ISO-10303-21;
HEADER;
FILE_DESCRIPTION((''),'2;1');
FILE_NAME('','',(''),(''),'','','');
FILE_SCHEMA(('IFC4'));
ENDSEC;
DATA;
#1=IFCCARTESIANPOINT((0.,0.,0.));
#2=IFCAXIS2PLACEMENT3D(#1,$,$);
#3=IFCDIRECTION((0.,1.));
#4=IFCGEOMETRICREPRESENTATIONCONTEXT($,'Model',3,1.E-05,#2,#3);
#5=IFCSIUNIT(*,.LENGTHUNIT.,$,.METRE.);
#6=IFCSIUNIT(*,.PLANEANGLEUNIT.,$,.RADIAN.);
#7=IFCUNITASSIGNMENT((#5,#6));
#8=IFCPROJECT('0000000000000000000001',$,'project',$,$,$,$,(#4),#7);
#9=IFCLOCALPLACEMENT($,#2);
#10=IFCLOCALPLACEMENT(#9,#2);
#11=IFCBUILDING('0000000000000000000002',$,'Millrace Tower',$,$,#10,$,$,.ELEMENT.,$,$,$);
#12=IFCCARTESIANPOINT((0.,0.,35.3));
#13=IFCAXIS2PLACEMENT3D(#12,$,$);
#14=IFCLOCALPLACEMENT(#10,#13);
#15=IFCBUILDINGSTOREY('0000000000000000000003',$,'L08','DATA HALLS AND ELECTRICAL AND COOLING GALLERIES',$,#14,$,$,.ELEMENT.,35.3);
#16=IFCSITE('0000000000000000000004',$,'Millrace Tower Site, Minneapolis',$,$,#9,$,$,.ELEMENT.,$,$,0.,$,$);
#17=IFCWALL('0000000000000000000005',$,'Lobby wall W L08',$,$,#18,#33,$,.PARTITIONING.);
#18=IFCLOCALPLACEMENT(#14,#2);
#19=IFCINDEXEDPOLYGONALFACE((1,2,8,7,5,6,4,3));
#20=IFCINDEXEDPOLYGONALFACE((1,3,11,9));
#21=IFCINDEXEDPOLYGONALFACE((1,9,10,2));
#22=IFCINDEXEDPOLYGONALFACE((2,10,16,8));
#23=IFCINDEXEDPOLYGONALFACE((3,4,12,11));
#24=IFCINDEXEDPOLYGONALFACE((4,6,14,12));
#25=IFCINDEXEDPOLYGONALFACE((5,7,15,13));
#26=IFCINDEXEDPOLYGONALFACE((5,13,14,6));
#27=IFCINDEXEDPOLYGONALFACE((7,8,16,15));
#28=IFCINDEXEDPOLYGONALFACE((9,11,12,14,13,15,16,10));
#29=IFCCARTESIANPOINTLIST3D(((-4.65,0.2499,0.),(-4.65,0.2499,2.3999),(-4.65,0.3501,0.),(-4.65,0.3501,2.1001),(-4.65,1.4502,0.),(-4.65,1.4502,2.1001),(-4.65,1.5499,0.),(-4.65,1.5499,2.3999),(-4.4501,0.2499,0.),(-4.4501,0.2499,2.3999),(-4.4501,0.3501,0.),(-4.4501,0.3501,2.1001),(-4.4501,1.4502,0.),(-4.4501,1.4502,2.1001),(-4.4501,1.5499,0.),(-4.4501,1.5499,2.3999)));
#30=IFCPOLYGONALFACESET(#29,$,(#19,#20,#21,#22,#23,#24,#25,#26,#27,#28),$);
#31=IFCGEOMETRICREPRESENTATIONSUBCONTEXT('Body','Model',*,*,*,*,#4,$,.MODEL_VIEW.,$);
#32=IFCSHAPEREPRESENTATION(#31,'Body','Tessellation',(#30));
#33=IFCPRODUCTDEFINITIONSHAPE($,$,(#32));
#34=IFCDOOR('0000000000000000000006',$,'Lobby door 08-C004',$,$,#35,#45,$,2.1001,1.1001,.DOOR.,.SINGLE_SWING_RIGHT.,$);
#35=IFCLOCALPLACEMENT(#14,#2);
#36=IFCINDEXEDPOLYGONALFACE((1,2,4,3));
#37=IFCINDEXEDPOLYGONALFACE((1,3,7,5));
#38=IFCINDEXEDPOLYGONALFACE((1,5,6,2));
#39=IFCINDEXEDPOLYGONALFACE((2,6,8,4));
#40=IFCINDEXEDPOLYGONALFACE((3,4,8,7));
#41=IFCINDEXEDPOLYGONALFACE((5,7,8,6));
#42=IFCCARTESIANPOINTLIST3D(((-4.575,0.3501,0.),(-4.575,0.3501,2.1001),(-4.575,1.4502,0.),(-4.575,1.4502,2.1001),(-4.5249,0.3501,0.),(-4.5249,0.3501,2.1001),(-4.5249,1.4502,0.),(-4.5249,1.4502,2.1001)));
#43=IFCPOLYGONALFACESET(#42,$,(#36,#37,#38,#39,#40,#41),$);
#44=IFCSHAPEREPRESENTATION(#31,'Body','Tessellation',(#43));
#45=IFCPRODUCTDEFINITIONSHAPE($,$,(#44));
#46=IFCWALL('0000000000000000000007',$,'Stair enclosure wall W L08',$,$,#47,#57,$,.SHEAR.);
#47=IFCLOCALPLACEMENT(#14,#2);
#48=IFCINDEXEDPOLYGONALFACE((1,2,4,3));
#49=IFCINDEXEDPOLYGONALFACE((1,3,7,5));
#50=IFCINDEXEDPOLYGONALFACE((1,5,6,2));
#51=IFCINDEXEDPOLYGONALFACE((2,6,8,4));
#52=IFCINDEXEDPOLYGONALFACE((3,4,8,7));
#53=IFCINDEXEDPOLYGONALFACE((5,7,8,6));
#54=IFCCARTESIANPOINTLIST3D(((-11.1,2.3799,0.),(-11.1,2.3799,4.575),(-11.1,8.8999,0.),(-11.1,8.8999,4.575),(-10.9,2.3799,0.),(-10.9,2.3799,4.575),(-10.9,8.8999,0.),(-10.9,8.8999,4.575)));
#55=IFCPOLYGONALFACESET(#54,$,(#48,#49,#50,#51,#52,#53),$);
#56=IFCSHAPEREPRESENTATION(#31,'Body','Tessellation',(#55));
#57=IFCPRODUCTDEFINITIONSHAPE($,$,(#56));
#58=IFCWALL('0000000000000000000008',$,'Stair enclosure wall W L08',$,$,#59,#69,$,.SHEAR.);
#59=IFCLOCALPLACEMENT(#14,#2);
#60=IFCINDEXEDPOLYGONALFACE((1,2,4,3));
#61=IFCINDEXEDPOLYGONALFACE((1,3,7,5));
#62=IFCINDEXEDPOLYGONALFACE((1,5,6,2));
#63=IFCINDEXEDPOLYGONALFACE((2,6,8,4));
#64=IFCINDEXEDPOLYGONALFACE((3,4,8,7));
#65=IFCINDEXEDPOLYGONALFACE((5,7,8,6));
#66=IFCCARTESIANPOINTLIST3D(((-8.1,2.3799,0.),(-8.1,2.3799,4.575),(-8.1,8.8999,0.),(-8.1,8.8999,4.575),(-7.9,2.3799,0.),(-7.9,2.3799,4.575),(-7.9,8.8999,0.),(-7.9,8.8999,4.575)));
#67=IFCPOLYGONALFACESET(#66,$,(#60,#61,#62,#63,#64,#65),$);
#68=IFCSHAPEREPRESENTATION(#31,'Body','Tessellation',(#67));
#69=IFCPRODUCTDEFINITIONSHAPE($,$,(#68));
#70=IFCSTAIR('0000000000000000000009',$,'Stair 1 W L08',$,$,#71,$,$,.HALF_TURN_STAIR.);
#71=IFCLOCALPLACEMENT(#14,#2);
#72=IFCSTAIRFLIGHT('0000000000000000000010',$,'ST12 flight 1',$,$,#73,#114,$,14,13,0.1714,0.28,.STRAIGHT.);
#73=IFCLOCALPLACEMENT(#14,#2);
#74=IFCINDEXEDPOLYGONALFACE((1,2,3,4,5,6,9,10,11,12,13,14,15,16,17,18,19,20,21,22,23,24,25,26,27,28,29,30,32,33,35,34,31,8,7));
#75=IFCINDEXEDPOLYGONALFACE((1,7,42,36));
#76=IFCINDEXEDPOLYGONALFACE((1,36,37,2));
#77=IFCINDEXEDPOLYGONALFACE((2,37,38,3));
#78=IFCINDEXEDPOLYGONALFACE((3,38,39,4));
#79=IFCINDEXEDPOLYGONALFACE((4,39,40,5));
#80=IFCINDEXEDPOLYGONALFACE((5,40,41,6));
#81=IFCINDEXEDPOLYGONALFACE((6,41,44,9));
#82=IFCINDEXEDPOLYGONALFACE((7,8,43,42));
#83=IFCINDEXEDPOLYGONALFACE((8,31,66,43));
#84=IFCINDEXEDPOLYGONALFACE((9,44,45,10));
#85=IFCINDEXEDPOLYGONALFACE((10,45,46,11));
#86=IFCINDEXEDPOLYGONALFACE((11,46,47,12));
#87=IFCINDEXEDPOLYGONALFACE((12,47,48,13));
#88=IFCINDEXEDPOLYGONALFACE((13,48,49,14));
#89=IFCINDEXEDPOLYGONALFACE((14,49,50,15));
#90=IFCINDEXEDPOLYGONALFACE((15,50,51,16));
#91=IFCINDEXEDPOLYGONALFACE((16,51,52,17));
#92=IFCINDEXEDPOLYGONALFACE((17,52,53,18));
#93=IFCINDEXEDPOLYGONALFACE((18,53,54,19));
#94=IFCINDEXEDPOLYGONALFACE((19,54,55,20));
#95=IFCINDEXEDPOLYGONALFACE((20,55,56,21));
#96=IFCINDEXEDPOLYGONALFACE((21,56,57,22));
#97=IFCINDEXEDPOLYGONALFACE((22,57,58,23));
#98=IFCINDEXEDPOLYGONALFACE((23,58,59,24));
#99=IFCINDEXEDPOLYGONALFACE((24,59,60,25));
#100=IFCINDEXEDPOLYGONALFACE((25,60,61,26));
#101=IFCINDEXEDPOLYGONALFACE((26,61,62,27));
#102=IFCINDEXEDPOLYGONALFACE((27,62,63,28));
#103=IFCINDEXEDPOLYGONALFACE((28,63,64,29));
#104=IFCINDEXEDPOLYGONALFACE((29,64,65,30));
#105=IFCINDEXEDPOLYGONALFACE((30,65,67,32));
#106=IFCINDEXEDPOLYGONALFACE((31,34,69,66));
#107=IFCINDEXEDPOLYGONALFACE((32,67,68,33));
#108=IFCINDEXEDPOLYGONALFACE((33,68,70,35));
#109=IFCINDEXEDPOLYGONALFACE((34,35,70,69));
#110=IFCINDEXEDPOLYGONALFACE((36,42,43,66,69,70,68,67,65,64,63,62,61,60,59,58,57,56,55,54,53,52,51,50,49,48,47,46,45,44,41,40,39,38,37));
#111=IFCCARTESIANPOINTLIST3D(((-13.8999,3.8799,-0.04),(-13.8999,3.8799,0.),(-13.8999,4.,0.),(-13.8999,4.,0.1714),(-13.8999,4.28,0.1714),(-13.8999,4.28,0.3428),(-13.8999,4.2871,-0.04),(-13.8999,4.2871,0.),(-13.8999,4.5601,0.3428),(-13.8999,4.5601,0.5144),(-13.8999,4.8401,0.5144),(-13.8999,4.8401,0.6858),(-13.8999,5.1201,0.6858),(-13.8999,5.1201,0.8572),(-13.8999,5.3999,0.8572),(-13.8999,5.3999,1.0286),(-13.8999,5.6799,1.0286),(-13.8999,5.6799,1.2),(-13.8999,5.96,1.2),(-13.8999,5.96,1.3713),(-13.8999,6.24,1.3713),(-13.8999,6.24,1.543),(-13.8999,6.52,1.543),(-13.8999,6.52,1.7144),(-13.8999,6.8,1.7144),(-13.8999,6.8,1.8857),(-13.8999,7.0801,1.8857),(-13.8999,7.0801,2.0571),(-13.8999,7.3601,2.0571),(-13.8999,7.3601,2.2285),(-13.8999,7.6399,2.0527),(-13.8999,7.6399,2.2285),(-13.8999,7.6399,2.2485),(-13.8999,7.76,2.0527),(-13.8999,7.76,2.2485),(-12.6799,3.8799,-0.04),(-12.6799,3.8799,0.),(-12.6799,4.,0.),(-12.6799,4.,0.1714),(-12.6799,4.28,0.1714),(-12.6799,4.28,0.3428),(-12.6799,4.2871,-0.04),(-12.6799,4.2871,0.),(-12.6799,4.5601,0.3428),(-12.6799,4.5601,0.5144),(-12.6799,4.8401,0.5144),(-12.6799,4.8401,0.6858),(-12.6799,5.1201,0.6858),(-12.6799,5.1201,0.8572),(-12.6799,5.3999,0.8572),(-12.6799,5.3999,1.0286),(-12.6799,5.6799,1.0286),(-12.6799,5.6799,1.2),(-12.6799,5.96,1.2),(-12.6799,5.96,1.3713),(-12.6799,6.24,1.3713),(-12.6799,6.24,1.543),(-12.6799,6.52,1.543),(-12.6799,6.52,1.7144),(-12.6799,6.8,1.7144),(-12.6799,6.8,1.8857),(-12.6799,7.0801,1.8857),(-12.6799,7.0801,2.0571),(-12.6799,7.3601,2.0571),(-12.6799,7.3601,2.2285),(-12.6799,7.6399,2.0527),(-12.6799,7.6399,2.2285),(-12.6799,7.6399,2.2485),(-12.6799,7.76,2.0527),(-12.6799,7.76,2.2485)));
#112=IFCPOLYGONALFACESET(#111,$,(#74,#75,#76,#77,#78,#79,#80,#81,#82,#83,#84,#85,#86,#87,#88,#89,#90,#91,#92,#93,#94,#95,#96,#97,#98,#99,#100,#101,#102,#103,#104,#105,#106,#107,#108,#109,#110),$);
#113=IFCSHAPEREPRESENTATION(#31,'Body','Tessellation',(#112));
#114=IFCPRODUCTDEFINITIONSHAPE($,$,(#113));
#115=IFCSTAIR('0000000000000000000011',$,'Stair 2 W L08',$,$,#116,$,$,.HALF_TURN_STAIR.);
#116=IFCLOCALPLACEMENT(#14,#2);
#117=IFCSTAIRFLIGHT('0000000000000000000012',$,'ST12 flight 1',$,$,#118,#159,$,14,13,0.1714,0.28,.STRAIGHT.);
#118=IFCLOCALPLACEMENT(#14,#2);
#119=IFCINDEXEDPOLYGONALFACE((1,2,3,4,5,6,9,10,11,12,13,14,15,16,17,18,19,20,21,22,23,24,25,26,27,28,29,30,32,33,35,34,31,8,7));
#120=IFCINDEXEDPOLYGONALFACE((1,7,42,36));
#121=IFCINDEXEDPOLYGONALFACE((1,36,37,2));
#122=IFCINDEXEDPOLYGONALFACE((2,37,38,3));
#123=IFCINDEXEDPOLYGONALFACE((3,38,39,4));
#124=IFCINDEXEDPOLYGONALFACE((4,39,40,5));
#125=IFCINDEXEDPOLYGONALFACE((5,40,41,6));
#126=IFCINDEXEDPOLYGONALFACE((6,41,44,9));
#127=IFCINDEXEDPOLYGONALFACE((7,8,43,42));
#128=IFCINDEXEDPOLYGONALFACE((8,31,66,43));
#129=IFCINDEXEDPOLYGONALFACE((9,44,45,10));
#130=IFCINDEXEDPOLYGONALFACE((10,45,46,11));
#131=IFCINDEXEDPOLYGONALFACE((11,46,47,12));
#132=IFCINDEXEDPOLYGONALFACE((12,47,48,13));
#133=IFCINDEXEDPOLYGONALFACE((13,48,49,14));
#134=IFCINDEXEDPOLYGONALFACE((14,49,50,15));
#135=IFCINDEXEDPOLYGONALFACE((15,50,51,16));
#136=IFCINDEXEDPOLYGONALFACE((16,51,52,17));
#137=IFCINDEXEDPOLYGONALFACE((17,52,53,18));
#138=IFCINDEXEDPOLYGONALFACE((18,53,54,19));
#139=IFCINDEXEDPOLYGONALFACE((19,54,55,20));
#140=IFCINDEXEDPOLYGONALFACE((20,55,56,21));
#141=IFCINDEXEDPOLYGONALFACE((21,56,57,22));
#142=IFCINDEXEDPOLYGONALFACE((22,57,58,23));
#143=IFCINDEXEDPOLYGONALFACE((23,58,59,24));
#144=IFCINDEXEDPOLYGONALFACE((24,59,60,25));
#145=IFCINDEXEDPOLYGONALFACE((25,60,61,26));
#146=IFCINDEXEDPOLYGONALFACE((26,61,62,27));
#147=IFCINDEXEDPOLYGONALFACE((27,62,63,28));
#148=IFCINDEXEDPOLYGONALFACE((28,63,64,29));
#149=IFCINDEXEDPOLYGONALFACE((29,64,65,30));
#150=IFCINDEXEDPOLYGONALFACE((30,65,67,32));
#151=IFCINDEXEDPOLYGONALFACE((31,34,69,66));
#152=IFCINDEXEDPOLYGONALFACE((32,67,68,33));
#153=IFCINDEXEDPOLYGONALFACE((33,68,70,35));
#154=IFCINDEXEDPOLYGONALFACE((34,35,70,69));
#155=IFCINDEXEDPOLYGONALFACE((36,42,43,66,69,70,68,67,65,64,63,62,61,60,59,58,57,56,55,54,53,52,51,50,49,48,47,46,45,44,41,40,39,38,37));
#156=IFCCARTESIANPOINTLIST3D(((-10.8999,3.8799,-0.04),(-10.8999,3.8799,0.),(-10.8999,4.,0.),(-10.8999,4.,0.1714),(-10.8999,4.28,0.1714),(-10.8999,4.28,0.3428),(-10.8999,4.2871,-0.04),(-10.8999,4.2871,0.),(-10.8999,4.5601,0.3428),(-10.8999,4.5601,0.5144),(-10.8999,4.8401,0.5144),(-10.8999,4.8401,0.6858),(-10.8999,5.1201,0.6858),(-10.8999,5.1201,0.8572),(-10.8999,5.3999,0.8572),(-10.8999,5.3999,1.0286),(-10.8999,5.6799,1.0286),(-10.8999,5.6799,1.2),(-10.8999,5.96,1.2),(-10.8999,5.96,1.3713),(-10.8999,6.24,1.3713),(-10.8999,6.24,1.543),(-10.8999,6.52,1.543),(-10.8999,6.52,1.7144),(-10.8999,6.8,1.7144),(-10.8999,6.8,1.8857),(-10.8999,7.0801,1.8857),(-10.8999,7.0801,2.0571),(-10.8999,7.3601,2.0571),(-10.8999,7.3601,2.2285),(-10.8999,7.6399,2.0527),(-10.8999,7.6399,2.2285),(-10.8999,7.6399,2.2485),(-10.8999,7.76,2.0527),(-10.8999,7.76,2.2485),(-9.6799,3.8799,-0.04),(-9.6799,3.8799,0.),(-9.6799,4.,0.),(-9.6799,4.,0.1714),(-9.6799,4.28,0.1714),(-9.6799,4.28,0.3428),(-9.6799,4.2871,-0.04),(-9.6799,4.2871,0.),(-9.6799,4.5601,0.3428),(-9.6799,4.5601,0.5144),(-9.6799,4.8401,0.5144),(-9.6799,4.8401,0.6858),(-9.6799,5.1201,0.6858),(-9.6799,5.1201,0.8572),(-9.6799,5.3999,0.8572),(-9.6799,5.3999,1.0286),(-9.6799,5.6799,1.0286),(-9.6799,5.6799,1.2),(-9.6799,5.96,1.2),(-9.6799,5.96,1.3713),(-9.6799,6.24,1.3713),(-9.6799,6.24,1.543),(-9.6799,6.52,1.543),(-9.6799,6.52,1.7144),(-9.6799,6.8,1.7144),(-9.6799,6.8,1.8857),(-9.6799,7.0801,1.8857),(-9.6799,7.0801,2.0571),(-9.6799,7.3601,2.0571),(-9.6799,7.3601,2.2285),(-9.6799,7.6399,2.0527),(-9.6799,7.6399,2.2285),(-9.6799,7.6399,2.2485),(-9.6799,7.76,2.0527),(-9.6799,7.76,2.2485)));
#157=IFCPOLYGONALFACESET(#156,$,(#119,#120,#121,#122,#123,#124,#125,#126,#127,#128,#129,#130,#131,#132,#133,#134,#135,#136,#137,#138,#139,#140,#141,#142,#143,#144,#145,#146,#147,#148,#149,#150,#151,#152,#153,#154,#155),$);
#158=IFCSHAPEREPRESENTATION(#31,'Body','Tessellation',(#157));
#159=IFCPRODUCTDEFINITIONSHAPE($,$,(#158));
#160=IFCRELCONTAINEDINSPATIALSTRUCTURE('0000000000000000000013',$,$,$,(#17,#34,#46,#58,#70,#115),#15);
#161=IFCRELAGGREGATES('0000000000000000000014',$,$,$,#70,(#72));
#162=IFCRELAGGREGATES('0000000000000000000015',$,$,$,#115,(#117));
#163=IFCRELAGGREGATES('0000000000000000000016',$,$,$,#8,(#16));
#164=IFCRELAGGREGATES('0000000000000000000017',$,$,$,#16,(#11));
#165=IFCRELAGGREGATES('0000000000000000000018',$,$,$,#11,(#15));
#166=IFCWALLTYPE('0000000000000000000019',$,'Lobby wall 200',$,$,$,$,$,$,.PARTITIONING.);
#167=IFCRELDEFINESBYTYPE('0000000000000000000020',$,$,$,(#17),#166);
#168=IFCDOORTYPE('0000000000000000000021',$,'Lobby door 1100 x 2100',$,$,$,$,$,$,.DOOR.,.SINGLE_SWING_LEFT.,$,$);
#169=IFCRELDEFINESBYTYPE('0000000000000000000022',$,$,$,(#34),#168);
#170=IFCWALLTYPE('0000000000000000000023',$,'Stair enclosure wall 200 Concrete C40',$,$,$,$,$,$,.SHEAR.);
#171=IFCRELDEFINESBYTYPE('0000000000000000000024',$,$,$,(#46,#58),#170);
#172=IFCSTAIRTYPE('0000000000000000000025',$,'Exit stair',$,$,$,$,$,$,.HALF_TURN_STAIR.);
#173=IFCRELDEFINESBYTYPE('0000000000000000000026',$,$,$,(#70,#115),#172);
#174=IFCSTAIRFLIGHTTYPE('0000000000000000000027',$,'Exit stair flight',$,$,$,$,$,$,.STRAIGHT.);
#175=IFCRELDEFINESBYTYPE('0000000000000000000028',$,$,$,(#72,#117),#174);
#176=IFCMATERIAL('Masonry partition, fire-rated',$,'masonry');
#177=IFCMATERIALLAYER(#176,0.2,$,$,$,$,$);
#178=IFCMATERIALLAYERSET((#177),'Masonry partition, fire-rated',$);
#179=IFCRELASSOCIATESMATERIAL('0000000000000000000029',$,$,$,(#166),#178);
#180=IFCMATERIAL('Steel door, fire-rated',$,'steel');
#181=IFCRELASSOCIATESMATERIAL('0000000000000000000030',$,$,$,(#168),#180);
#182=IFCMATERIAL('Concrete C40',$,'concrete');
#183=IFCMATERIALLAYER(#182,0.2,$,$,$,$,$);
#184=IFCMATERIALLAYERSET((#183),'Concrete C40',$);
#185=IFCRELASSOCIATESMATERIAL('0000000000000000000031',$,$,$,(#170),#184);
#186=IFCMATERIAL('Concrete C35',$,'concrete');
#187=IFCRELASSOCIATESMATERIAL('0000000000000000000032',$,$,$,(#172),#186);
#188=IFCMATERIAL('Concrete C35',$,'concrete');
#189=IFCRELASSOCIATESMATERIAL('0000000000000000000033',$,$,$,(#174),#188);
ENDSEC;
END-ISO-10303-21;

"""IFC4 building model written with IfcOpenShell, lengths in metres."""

from ifc_helpers import new_model, si_unit, direction, frame, frame_2d, origin, place, context, subcontext, project, spatial, polyline, rectangle, outline, extrude, material, layer, layer_set, type_object, element, fill, aggregate, save


model = new_model("IFC4")

# Units and contexts
model_context = context("Model", 3, precision=1e-05, world=origin(), true_north=direction((0.0, 1.0)))
body_context = subcontext(model_context, "Body", "Model", "MODEL_VIEW")
ifc_project = project(units=[si_unit("LENGTHUNIT", "METRE"), si_unit("PLANEANGLEUNIT", "RADIAN")], contexts=[model_context])

# Site, building, storey
site_placement = place(None, origin())
site = spatial("IfcSite", under=ifc_project, at=site_placement, Name="Millrace Tower Site, Minneapolis", CompositionType="ELEMENT", RefElevation=0.0)
building_placement = place(site_placement, origin())
building = spatial("IfcBuilding", under=site, at=building_placement, Name="Millrace Tower", CompositionType="ELEMENT")
storey_placement = place(building_placement, frame((0.0, 0.0, 35.3)))
storey = spatial("IfcBuildingStorey", under=building, at=storey_placement, Name="L08", Description="DATA HALLS AND ELECTRICAL AND COOLING GALLERIES", CompositionType="ELEMENT", Elevation=35.3)

# Shared definitions
placement_1 = place(storey_placement, origin())

# Wall, opening, door
ifc_material_1 = material(Name="Masonry partition, fire-rated", Category="masonry")
ifc_layer_1 = layer(ifc_material_1, 0.2)
ifc_layer_set_1 = layer_set([ifc_layer_1], Name="Masonry partition, fire-rated")
wall_type_1 = type_object("IfcWallType", Name="Lobby wall 200", PredefinedType="PARTITIONING", material=ifc_layer_set_1)
wall_1_placement = place(storey_placement, frame((-4.55, 0.25, 0.0), z_axis=(0.0, 0.0, 1.0), x_axis=(0.0, 1.0, 0.0)))
wall_1 = element("IfcWall", 1, at=wall_1_placement, inside=storey, type_object=wall_type_1, Name="Lobby wall W L08", PredefinedType="PARTITIONING", context=body_context, shape_type="SweptSolid", body=[
    extrude(rectangle(XDim=1.3, YDim=0.2, at=frame_2d((0.6499, 0.0))), origin(), (0.0, 0.0, 1.0), 2.3999),
])
opening_placement = place(wall_1_placement, frame((0.1001, 0.0, 0.0)))
opening = element("IfcOpeningElement", 2, at=opening_placement, cuts=wall_1, PredefinedType="OPENING", context=body_context, shape_type="SweptSolid", body=[
    extrude(rectangle(XDim=1.1001, YDim=2.1001, at=frame_2d((0.55, 1.05))), frame((0.0, 0.1099, 0.0), z_axis=(0.0, -1.0, 0.0), x_axis=(1.0, 0.0, 0.0)), (0.0, 0.0, 1.0), 0.22),
])
ifc_material_2 = material(Name="Steel door, fire-rated", Category="steel")
door_type = type_object("IfcDoorType", Name="Lobby door 1100 x 2100", OperationType="SINGLE_SWING_LEFT", PredefinedType="DOOR", material=ifc_material_2)
door_placement = place(opening_placement, origin())
door = element("IfcDoor", 3, at=door_placement, inside=storey, type_object=door_type, Name="Lobby door 08-C004", OperationType="SINGLE_SWING_RIGHT", OverallHeight=2.1001, OverallWidth=1.1001, PredefinedType="DOOR", context=body_context, shape_type="SweptSolid", body=[
    extrude(rectangle(XDim=1.1001, YDim=2.1001, at=frame_2d((0.55, 1.05))), frame((0.0, 0.0249, 0.0), z_axis=(0.0, -1.0, 0.0), x_axis=(1.0, 0.0, 0.0)), (0.0, 0.0, 1.0), 0.05),
])
fill(opening, door)

# Walls
ifc_material_3 = material(Name="Concrete C40", Category="concrete")
ifc_layer_2 = layer(ifc_material_3, 0.2)
ifc_layer_set_2 = layer_set([ifc_layer_2], Name="Concrete C40")
wall_type_2 = type_object("IfcWallType", Name="Stair enclosure wall 200 Concrete C40", PredefinedType="SHEAR", material=ifc_layer_set_2)
for number, where, z_axis, x_axis, name in (
    (4, (-11.0, 2.3799, 0.0), (0.0, 0.0, 1.0), (0.0, 1.0, 0.0), "Stair enclosure wall W L08"),
    (5, (-8.0, 2.3799, 0.0), (0.0, 0.0, 1.0), (0.0, 1.0, 0.0), "Stair enclosure wall W L08"),
):
    element("IfcWall", number, at=place(storey_placement, frame(where, z_axis=z_axis, x_axis=x_axis)), inside=storey, type_object=wall_type_2, Name=name, PredefinedType="SHEAR", context=body_context, shape_type="SweptSolid", body=[
        extrude(rectangle(XDim=6.52, YDim=0.2, at=frame_2d((3.26, 0.0))), origin(), (0.0, 0.0, 1.0), 4.575),
    ])

# Stairs, stair flights
ifc_material_4 = material(Name="Concrete C35", Category="concrete")
stair_type = type_object("IfcStairType", Name="Exit stair", PredefinedType="HALF_TURN_STAIR", material=ifc_material_4)
stair_1 = element("IfcStair", 6, at=placement_1, inside=storey, type_object=stair_type, Name="Stair 1 W L08", PredefinedType="HALF_TURN_STAIR")
ifc_material_5 = material(Name="Concrete C35", Category="concrete")
stair_flight_type = type_object("IfcStairFlightType", Name="Exit stair flight", PredefinedType="STRAIGHT", material=ifc_material_5)
stair_flight_1_placement = place(storey_placement, frame((-13.29, 4.0, 0.0), z_axis=(0.0, 0.0, 1.0), x_axis=(0.0, 1.0, 0.0)))
stair_flight_1 = element("IfcStairFlight", 7, at=stair_flight_1_placement, type_object=stair_flight_type, Name="ST12 flight 1", NumberOfRisers=14, NumberOfTreads=13, PredefinedType="STRAIGHT", RiserHeight=0.1714, TreadLength=0.28, context=body_context, shape_type="SweptSolid", body=[
    extrude(outline(polyline([(-0.1201, -0.04), (-0.1201, 0.0), (0.0, 0.0), (0.0, 0.1714), (0.28, 0.1714), (0.28, 0.3428), (0.5601, 0.3428), (0.5601, 0.5144), (0.8401, 0.5144), (0.8401, 0.6858), (1.1201, 0.6858), (1.1201, 0.8572), (1.3999, 0.8572), (1.3999, 1.0286), (1.6799, 1.0286), (1.6799, 1.2), (1.96, 1.2), (1.96, 1.3713), (2.24, 1.3713), (2.24, 1.543), (2.52, 1.543), (2.52, 1.7144), (2.8, 1.7144), (2.8, 1.8857), (3.0801, 1.8857), (3.0801, 2.0571), (3.3601, 2.0571), (3.3601, 2.2285), (3.6399, 2.2285), (3.6399, 2.2485), (3.76, 2.2485), (3.76, 2.0527), (3.6399, 2.0527), (0.2871, 0.0), (0.2871, -0.04), (-0.1201, -0.04)])), frame((0.0, 0.6099, 0.0), z_axis=(0.0, -1.0, 0.0), x_axis=(1.0, 0.0, 0.0)), (0.0, 0.0, 1.0), 1.22),
])
aggregate(stair_1, [stair_flight_1])
stair_2 = element("IfcStair", 8, at=placement_1, inside=storey, type_object=stair_type, Name="Stair 2 W L08", PredefinedType="HALF_TURN_STAIR")
stair_flight_2_placement = place(storey_placement, frame((-10.29, 4.0, 0.0), z_axis=(0.0, 0.0, 1.0), x_axis=(0.0, 1.0, 0.0)))
stair_flight_2 = element("IfcStairFlight", 9, at=stair_flight_2_placement, type_object=stair_flight_type, Name="ST12 flight 1", NumberOfRisers=14, NumberOfTreads=13, PredefinedType="STRAIGHT", RiserHeight=0.1714, TreadLength=0.28, context=body_context, shape_type="SweptSolid", body=[
    extrude(outline(polyline([(-0.1201, -0.04), (-0.1201, 0.0), (0.0, 0.0), (0.0, 0.1714), (0.28, 0.1714), (0.28, 0.3428), (0.5601, 0.3428), (0.5601, 0.5144), (0.8401, 0.5144), (0.8401, 0.6858), (1.1201, 0.6858), (1.1201, 0.8572), (1.3999, 0.8572), (1.3999, 1.0286), (1.6799, 1.0286), (1.6799, 1.2), (1.96, 1.2), (1.96, 1.3713), (2.24, 1.3713), (2.24, 1.543), (2.52, 1.543), (2.52, 1.7144), (2.8, 1.7144), (2.8, 1.8857), (3.0801, 1.8857), (3.0801, 2.0571), (3.3601, 2.0571), (3.3601, 2.2285), (3.6399, 2.2285), (3.6399, 2.2485), (3.76, 2.2485), (3.76, 2.0527), (3.6399, 2.0527), (0.2871, 0.0), (0.2871, -0.04), (-0.1201, -0.04)])), frame((0.0, 0.6099, 0.0), z_axis=(0.0, -1.0, 0.0), x_axis=(1.0, 0.0, 0.0)), (0.0, 0.0, 1.0), 1.22),
])
aggregate(stair_2, [stair_flight_2])

save(model, "model.ifc")
